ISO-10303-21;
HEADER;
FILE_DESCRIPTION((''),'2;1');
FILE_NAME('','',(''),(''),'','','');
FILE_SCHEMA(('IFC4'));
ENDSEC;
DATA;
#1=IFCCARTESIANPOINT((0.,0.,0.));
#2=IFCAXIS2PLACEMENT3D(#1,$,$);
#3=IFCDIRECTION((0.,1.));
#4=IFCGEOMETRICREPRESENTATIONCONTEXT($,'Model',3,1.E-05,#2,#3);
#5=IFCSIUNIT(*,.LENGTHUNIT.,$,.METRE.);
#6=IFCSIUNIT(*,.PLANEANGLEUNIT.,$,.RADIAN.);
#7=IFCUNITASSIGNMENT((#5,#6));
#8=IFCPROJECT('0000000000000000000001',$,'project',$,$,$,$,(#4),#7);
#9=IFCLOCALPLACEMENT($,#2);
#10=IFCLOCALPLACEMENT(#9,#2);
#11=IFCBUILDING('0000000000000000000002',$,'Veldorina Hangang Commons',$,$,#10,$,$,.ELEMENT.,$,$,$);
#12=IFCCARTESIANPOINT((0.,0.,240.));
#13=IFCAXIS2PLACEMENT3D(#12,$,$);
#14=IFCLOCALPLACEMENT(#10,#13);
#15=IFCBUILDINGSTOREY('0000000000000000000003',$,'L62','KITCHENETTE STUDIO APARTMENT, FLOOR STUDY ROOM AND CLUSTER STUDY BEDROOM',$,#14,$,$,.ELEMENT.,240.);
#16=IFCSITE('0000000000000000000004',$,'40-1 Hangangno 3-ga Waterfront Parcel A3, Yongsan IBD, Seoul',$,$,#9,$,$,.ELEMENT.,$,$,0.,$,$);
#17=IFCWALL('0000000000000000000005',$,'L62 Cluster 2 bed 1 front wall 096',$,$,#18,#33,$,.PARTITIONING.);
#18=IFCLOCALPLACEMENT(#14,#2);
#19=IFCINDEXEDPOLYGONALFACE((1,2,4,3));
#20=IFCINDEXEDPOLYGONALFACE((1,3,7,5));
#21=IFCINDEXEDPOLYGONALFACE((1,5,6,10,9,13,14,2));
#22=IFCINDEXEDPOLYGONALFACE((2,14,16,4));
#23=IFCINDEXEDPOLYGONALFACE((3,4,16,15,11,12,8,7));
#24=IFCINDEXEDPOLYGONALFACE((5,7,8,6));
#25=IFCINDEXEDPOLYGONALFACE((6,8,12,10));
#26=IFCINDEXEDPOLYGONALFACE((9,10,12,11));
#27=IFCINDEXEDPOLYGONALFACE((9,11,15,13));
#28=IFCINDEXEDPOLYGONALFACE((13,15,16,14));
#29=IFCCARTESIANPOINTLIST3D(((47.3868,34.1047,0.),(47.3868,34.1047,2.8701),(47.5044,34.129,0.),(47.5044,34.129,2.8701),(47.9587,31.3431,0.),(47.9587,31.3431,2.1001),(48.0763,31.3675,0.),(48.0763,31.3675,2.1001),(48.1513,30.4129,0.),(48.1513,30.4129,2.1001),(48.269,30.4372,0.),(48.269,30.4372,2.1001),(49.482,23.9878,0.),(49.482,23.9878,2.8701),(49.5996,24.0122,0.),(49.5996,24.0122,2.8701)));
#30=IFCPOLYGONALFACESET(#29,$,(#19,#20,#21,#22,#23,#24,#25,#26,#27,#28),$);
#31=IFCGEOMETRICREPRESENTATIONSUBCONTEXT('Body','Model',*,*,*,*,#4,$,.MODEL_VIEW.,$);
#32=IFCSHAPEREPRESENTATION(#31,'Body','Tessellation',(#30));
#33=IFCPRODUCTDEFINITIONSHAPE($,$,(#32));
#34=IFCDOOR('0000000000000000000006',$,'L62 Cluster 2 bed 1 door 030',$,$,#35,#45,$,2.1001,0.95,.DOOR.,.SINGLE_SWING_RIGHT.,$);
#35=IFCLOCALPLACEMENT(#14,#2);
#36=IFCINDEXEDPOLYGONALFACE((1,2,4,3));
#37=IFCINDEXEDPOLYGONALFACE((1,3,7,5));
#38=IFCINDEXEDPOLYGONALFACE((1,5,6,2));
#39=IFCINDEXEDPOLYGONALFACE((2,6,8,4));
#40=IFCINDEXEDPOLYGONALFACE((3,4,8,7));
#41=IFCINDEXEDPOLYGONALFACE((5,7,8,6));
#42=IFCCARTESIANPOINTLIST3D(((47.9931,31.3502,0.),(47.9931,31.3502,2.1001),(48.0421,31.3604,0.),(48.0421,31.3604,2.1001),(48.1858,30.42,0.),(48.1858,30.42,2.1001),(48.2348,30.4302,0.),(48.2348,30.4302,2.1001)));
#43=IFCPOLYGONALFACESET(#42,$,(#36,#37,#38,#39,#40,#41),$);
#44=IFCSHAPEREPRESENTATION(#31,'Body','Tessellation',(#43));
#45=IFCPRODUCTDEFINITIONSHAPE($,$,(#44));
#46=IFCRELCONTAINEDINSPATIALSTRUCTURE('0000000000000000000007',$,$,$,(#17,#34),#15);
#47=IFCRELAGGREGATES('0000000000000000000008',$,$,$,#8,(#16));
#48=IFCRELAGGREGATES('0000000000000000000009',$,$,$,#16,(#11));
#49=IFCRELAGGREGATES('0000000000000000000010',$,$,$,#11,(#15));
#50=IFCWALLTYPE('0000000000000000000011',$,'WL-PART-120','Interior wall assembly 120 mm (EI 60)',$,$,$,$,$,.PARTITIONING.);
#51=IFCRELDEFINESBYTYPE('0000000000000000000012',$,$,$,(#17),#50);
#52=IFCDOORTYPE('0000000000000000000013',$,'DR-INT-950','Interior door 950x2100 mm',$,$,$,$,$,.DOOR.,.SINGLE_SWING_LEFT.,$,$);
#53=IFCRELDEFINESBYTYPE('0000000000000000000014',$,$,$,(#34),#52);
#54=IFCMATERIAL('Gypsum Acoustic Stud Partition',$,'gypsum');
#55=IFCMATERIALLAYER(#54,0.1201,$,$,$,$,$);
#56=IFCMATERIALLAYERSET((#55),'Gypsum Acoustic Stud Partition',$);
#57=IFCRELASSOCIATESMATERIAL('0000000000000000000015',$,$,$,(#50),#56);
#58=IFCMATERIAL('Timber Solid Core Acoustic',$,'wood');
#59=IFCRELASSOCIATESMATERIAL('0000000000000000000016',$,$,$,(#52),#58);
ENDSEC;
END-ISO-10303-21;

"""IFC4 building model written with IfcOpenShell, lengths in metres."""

from ifc_helpers import new_model, si_unit, direction, frame, frame_2d, origin, place, context, subcontext, project, spatial, rectangle, extrude, material, layer, layer_set, type_object, element, fill, save


model = new_model("IFC4")

# Units and contexts
model_context = context("Model", 3, precision=1e-05, world=origin(), true_north=direction((0.0, 1.0)))
body_context = subcontext(model_context, "Body", "Model", "MODEL_VIEW")
ifc_project = project(units=[si_unit("LENGTHUNIT", "METRE"), si_unit("PLANEANGLEUNIT", "RADIAN")], contexts=[model_context])

# Site, building, storey
site_placement = place(None, origin())
site = spatial("IfcSite", under=ifc_project, at=site_placement, Name="40-1 Hangangno 3-ga Waterfront Parcel A3, Yongsan IBD, Seoul", CompositionType="ELEMENT", RefElevation=0.0)
building_placement = place(site_placement, origin())
building = spatial("IfcBuilding", under=site, at=building_placement, Name="Veldorina Hangang Commons", CompositionType="ELEMENT")
storey_placement = place(building_placement, frame((0.0, 0.0, 240.0)))
storey = spatial("IfcBuildingStorey", under=building, at=storey_placement, Name="L62", Description="KITCHENETTE STUDIO APARTMENT, FLOOR STUDY ROOM AND CLUSTER STUDY BEDROOM", CompositionType="ELEMENT", Elevation=240.0)

# Wall, opening, door
ifc_material_1 = material(Name="Gypsum Acoustic Stud Partition", Category="gypsum")
ifc_layer_1 = layer(ifc_material_1, 0.1201)
ifc_layer_set_1 = layer_set([ifc_layer_1], Name="Gypsum Acoustic Stud Partition")
wall_type_1 = type_object("IfcWallType", Name="WL-PART-120", Description="Interior wall assembly 120 mm (EI 60)", PredefinedType="PARTITIONING", material=ifc_layer_set_1)
wall_1_placement = place(storey_placement, frame((49.5408, 24.0, 0.0), z_axis=(0.0, 0.0, 1.0), x_axis=(-0.202796, 0.979221, 0.0)))
wall_1 = element("IfcWall", 1, at=wall_1_placement, inside=storey, type_object=wall_type_1, Name="L62 Cluster 2 bed 1 front wall 096", PredefinedType="PARTITIONING", context=body_context, shape_type="SweptSolid", body=[
    extrude(rectangle(XDim=10.3315, YDim=0.1201, at=frame_2d((5.1658, 0.0))), origin(), (0.0, 0.0, 1.0), 2.8701),
])
opening_1_placement = place(wall_1_placement, frame((6.5613, 0.0, 0.0)))
opening_1 = element("IfcOpeningElement", 2, at=opening_1_placement, cuts=wall_1, PredefinedType="OPENING", context=body_context, shape_type="SweptSolid", body=[
    extrude(rectangle(XDim=0.95, YDim=2.1001, at=frame_2d((0.4751, 1.05))), frame((0.0, 0.0701, 0.0), z_axis=(0.0, -1.0, 0.0), x_axis=(1.0, 0.0, 0.0)), (0.0, 0.0, 1.0), 0.1401),
])
ifc_material_2 = material(Name="Timber Solid Core Acoustic", Category="wood")
door_type_1 = type_object("IfcDoorType", Name="DR-INT-950", Description="Interior door 950x2100 mm", OperationType="SINGLE_SWING_LEFT", PredefinedType="DOOR", material=ifc_material_2)
door_1_placement = place(opening_1_placement, origin())
door_1 = element("IfcDoor", 3, at=door_1_placement, inside=storey, type_object=door_type_1, Name="L62 Cluster 2 bed 1 door 030", OperationType="SINGLE_SWING_RIGHT", OverallHeight=2.1001, OverallWidth=0.95, PredefinedType="DOOR", context=body_context, shape_type="SweptSolid", body=[
    extrude(rectangle(XDim=0.95, YDim=2.1001, at=frame_2d((0.4751, 1.05))), frame((0.0, 0.0249, 0.0), z_axis=(0.0, -1.0, 0.0), x_axis=(1.0, 0.0, 0.0)), (0.0, 0.0, 1.0), 0.05),
])
fill(opening_1, door_1)

save(model, "model.ifc")
